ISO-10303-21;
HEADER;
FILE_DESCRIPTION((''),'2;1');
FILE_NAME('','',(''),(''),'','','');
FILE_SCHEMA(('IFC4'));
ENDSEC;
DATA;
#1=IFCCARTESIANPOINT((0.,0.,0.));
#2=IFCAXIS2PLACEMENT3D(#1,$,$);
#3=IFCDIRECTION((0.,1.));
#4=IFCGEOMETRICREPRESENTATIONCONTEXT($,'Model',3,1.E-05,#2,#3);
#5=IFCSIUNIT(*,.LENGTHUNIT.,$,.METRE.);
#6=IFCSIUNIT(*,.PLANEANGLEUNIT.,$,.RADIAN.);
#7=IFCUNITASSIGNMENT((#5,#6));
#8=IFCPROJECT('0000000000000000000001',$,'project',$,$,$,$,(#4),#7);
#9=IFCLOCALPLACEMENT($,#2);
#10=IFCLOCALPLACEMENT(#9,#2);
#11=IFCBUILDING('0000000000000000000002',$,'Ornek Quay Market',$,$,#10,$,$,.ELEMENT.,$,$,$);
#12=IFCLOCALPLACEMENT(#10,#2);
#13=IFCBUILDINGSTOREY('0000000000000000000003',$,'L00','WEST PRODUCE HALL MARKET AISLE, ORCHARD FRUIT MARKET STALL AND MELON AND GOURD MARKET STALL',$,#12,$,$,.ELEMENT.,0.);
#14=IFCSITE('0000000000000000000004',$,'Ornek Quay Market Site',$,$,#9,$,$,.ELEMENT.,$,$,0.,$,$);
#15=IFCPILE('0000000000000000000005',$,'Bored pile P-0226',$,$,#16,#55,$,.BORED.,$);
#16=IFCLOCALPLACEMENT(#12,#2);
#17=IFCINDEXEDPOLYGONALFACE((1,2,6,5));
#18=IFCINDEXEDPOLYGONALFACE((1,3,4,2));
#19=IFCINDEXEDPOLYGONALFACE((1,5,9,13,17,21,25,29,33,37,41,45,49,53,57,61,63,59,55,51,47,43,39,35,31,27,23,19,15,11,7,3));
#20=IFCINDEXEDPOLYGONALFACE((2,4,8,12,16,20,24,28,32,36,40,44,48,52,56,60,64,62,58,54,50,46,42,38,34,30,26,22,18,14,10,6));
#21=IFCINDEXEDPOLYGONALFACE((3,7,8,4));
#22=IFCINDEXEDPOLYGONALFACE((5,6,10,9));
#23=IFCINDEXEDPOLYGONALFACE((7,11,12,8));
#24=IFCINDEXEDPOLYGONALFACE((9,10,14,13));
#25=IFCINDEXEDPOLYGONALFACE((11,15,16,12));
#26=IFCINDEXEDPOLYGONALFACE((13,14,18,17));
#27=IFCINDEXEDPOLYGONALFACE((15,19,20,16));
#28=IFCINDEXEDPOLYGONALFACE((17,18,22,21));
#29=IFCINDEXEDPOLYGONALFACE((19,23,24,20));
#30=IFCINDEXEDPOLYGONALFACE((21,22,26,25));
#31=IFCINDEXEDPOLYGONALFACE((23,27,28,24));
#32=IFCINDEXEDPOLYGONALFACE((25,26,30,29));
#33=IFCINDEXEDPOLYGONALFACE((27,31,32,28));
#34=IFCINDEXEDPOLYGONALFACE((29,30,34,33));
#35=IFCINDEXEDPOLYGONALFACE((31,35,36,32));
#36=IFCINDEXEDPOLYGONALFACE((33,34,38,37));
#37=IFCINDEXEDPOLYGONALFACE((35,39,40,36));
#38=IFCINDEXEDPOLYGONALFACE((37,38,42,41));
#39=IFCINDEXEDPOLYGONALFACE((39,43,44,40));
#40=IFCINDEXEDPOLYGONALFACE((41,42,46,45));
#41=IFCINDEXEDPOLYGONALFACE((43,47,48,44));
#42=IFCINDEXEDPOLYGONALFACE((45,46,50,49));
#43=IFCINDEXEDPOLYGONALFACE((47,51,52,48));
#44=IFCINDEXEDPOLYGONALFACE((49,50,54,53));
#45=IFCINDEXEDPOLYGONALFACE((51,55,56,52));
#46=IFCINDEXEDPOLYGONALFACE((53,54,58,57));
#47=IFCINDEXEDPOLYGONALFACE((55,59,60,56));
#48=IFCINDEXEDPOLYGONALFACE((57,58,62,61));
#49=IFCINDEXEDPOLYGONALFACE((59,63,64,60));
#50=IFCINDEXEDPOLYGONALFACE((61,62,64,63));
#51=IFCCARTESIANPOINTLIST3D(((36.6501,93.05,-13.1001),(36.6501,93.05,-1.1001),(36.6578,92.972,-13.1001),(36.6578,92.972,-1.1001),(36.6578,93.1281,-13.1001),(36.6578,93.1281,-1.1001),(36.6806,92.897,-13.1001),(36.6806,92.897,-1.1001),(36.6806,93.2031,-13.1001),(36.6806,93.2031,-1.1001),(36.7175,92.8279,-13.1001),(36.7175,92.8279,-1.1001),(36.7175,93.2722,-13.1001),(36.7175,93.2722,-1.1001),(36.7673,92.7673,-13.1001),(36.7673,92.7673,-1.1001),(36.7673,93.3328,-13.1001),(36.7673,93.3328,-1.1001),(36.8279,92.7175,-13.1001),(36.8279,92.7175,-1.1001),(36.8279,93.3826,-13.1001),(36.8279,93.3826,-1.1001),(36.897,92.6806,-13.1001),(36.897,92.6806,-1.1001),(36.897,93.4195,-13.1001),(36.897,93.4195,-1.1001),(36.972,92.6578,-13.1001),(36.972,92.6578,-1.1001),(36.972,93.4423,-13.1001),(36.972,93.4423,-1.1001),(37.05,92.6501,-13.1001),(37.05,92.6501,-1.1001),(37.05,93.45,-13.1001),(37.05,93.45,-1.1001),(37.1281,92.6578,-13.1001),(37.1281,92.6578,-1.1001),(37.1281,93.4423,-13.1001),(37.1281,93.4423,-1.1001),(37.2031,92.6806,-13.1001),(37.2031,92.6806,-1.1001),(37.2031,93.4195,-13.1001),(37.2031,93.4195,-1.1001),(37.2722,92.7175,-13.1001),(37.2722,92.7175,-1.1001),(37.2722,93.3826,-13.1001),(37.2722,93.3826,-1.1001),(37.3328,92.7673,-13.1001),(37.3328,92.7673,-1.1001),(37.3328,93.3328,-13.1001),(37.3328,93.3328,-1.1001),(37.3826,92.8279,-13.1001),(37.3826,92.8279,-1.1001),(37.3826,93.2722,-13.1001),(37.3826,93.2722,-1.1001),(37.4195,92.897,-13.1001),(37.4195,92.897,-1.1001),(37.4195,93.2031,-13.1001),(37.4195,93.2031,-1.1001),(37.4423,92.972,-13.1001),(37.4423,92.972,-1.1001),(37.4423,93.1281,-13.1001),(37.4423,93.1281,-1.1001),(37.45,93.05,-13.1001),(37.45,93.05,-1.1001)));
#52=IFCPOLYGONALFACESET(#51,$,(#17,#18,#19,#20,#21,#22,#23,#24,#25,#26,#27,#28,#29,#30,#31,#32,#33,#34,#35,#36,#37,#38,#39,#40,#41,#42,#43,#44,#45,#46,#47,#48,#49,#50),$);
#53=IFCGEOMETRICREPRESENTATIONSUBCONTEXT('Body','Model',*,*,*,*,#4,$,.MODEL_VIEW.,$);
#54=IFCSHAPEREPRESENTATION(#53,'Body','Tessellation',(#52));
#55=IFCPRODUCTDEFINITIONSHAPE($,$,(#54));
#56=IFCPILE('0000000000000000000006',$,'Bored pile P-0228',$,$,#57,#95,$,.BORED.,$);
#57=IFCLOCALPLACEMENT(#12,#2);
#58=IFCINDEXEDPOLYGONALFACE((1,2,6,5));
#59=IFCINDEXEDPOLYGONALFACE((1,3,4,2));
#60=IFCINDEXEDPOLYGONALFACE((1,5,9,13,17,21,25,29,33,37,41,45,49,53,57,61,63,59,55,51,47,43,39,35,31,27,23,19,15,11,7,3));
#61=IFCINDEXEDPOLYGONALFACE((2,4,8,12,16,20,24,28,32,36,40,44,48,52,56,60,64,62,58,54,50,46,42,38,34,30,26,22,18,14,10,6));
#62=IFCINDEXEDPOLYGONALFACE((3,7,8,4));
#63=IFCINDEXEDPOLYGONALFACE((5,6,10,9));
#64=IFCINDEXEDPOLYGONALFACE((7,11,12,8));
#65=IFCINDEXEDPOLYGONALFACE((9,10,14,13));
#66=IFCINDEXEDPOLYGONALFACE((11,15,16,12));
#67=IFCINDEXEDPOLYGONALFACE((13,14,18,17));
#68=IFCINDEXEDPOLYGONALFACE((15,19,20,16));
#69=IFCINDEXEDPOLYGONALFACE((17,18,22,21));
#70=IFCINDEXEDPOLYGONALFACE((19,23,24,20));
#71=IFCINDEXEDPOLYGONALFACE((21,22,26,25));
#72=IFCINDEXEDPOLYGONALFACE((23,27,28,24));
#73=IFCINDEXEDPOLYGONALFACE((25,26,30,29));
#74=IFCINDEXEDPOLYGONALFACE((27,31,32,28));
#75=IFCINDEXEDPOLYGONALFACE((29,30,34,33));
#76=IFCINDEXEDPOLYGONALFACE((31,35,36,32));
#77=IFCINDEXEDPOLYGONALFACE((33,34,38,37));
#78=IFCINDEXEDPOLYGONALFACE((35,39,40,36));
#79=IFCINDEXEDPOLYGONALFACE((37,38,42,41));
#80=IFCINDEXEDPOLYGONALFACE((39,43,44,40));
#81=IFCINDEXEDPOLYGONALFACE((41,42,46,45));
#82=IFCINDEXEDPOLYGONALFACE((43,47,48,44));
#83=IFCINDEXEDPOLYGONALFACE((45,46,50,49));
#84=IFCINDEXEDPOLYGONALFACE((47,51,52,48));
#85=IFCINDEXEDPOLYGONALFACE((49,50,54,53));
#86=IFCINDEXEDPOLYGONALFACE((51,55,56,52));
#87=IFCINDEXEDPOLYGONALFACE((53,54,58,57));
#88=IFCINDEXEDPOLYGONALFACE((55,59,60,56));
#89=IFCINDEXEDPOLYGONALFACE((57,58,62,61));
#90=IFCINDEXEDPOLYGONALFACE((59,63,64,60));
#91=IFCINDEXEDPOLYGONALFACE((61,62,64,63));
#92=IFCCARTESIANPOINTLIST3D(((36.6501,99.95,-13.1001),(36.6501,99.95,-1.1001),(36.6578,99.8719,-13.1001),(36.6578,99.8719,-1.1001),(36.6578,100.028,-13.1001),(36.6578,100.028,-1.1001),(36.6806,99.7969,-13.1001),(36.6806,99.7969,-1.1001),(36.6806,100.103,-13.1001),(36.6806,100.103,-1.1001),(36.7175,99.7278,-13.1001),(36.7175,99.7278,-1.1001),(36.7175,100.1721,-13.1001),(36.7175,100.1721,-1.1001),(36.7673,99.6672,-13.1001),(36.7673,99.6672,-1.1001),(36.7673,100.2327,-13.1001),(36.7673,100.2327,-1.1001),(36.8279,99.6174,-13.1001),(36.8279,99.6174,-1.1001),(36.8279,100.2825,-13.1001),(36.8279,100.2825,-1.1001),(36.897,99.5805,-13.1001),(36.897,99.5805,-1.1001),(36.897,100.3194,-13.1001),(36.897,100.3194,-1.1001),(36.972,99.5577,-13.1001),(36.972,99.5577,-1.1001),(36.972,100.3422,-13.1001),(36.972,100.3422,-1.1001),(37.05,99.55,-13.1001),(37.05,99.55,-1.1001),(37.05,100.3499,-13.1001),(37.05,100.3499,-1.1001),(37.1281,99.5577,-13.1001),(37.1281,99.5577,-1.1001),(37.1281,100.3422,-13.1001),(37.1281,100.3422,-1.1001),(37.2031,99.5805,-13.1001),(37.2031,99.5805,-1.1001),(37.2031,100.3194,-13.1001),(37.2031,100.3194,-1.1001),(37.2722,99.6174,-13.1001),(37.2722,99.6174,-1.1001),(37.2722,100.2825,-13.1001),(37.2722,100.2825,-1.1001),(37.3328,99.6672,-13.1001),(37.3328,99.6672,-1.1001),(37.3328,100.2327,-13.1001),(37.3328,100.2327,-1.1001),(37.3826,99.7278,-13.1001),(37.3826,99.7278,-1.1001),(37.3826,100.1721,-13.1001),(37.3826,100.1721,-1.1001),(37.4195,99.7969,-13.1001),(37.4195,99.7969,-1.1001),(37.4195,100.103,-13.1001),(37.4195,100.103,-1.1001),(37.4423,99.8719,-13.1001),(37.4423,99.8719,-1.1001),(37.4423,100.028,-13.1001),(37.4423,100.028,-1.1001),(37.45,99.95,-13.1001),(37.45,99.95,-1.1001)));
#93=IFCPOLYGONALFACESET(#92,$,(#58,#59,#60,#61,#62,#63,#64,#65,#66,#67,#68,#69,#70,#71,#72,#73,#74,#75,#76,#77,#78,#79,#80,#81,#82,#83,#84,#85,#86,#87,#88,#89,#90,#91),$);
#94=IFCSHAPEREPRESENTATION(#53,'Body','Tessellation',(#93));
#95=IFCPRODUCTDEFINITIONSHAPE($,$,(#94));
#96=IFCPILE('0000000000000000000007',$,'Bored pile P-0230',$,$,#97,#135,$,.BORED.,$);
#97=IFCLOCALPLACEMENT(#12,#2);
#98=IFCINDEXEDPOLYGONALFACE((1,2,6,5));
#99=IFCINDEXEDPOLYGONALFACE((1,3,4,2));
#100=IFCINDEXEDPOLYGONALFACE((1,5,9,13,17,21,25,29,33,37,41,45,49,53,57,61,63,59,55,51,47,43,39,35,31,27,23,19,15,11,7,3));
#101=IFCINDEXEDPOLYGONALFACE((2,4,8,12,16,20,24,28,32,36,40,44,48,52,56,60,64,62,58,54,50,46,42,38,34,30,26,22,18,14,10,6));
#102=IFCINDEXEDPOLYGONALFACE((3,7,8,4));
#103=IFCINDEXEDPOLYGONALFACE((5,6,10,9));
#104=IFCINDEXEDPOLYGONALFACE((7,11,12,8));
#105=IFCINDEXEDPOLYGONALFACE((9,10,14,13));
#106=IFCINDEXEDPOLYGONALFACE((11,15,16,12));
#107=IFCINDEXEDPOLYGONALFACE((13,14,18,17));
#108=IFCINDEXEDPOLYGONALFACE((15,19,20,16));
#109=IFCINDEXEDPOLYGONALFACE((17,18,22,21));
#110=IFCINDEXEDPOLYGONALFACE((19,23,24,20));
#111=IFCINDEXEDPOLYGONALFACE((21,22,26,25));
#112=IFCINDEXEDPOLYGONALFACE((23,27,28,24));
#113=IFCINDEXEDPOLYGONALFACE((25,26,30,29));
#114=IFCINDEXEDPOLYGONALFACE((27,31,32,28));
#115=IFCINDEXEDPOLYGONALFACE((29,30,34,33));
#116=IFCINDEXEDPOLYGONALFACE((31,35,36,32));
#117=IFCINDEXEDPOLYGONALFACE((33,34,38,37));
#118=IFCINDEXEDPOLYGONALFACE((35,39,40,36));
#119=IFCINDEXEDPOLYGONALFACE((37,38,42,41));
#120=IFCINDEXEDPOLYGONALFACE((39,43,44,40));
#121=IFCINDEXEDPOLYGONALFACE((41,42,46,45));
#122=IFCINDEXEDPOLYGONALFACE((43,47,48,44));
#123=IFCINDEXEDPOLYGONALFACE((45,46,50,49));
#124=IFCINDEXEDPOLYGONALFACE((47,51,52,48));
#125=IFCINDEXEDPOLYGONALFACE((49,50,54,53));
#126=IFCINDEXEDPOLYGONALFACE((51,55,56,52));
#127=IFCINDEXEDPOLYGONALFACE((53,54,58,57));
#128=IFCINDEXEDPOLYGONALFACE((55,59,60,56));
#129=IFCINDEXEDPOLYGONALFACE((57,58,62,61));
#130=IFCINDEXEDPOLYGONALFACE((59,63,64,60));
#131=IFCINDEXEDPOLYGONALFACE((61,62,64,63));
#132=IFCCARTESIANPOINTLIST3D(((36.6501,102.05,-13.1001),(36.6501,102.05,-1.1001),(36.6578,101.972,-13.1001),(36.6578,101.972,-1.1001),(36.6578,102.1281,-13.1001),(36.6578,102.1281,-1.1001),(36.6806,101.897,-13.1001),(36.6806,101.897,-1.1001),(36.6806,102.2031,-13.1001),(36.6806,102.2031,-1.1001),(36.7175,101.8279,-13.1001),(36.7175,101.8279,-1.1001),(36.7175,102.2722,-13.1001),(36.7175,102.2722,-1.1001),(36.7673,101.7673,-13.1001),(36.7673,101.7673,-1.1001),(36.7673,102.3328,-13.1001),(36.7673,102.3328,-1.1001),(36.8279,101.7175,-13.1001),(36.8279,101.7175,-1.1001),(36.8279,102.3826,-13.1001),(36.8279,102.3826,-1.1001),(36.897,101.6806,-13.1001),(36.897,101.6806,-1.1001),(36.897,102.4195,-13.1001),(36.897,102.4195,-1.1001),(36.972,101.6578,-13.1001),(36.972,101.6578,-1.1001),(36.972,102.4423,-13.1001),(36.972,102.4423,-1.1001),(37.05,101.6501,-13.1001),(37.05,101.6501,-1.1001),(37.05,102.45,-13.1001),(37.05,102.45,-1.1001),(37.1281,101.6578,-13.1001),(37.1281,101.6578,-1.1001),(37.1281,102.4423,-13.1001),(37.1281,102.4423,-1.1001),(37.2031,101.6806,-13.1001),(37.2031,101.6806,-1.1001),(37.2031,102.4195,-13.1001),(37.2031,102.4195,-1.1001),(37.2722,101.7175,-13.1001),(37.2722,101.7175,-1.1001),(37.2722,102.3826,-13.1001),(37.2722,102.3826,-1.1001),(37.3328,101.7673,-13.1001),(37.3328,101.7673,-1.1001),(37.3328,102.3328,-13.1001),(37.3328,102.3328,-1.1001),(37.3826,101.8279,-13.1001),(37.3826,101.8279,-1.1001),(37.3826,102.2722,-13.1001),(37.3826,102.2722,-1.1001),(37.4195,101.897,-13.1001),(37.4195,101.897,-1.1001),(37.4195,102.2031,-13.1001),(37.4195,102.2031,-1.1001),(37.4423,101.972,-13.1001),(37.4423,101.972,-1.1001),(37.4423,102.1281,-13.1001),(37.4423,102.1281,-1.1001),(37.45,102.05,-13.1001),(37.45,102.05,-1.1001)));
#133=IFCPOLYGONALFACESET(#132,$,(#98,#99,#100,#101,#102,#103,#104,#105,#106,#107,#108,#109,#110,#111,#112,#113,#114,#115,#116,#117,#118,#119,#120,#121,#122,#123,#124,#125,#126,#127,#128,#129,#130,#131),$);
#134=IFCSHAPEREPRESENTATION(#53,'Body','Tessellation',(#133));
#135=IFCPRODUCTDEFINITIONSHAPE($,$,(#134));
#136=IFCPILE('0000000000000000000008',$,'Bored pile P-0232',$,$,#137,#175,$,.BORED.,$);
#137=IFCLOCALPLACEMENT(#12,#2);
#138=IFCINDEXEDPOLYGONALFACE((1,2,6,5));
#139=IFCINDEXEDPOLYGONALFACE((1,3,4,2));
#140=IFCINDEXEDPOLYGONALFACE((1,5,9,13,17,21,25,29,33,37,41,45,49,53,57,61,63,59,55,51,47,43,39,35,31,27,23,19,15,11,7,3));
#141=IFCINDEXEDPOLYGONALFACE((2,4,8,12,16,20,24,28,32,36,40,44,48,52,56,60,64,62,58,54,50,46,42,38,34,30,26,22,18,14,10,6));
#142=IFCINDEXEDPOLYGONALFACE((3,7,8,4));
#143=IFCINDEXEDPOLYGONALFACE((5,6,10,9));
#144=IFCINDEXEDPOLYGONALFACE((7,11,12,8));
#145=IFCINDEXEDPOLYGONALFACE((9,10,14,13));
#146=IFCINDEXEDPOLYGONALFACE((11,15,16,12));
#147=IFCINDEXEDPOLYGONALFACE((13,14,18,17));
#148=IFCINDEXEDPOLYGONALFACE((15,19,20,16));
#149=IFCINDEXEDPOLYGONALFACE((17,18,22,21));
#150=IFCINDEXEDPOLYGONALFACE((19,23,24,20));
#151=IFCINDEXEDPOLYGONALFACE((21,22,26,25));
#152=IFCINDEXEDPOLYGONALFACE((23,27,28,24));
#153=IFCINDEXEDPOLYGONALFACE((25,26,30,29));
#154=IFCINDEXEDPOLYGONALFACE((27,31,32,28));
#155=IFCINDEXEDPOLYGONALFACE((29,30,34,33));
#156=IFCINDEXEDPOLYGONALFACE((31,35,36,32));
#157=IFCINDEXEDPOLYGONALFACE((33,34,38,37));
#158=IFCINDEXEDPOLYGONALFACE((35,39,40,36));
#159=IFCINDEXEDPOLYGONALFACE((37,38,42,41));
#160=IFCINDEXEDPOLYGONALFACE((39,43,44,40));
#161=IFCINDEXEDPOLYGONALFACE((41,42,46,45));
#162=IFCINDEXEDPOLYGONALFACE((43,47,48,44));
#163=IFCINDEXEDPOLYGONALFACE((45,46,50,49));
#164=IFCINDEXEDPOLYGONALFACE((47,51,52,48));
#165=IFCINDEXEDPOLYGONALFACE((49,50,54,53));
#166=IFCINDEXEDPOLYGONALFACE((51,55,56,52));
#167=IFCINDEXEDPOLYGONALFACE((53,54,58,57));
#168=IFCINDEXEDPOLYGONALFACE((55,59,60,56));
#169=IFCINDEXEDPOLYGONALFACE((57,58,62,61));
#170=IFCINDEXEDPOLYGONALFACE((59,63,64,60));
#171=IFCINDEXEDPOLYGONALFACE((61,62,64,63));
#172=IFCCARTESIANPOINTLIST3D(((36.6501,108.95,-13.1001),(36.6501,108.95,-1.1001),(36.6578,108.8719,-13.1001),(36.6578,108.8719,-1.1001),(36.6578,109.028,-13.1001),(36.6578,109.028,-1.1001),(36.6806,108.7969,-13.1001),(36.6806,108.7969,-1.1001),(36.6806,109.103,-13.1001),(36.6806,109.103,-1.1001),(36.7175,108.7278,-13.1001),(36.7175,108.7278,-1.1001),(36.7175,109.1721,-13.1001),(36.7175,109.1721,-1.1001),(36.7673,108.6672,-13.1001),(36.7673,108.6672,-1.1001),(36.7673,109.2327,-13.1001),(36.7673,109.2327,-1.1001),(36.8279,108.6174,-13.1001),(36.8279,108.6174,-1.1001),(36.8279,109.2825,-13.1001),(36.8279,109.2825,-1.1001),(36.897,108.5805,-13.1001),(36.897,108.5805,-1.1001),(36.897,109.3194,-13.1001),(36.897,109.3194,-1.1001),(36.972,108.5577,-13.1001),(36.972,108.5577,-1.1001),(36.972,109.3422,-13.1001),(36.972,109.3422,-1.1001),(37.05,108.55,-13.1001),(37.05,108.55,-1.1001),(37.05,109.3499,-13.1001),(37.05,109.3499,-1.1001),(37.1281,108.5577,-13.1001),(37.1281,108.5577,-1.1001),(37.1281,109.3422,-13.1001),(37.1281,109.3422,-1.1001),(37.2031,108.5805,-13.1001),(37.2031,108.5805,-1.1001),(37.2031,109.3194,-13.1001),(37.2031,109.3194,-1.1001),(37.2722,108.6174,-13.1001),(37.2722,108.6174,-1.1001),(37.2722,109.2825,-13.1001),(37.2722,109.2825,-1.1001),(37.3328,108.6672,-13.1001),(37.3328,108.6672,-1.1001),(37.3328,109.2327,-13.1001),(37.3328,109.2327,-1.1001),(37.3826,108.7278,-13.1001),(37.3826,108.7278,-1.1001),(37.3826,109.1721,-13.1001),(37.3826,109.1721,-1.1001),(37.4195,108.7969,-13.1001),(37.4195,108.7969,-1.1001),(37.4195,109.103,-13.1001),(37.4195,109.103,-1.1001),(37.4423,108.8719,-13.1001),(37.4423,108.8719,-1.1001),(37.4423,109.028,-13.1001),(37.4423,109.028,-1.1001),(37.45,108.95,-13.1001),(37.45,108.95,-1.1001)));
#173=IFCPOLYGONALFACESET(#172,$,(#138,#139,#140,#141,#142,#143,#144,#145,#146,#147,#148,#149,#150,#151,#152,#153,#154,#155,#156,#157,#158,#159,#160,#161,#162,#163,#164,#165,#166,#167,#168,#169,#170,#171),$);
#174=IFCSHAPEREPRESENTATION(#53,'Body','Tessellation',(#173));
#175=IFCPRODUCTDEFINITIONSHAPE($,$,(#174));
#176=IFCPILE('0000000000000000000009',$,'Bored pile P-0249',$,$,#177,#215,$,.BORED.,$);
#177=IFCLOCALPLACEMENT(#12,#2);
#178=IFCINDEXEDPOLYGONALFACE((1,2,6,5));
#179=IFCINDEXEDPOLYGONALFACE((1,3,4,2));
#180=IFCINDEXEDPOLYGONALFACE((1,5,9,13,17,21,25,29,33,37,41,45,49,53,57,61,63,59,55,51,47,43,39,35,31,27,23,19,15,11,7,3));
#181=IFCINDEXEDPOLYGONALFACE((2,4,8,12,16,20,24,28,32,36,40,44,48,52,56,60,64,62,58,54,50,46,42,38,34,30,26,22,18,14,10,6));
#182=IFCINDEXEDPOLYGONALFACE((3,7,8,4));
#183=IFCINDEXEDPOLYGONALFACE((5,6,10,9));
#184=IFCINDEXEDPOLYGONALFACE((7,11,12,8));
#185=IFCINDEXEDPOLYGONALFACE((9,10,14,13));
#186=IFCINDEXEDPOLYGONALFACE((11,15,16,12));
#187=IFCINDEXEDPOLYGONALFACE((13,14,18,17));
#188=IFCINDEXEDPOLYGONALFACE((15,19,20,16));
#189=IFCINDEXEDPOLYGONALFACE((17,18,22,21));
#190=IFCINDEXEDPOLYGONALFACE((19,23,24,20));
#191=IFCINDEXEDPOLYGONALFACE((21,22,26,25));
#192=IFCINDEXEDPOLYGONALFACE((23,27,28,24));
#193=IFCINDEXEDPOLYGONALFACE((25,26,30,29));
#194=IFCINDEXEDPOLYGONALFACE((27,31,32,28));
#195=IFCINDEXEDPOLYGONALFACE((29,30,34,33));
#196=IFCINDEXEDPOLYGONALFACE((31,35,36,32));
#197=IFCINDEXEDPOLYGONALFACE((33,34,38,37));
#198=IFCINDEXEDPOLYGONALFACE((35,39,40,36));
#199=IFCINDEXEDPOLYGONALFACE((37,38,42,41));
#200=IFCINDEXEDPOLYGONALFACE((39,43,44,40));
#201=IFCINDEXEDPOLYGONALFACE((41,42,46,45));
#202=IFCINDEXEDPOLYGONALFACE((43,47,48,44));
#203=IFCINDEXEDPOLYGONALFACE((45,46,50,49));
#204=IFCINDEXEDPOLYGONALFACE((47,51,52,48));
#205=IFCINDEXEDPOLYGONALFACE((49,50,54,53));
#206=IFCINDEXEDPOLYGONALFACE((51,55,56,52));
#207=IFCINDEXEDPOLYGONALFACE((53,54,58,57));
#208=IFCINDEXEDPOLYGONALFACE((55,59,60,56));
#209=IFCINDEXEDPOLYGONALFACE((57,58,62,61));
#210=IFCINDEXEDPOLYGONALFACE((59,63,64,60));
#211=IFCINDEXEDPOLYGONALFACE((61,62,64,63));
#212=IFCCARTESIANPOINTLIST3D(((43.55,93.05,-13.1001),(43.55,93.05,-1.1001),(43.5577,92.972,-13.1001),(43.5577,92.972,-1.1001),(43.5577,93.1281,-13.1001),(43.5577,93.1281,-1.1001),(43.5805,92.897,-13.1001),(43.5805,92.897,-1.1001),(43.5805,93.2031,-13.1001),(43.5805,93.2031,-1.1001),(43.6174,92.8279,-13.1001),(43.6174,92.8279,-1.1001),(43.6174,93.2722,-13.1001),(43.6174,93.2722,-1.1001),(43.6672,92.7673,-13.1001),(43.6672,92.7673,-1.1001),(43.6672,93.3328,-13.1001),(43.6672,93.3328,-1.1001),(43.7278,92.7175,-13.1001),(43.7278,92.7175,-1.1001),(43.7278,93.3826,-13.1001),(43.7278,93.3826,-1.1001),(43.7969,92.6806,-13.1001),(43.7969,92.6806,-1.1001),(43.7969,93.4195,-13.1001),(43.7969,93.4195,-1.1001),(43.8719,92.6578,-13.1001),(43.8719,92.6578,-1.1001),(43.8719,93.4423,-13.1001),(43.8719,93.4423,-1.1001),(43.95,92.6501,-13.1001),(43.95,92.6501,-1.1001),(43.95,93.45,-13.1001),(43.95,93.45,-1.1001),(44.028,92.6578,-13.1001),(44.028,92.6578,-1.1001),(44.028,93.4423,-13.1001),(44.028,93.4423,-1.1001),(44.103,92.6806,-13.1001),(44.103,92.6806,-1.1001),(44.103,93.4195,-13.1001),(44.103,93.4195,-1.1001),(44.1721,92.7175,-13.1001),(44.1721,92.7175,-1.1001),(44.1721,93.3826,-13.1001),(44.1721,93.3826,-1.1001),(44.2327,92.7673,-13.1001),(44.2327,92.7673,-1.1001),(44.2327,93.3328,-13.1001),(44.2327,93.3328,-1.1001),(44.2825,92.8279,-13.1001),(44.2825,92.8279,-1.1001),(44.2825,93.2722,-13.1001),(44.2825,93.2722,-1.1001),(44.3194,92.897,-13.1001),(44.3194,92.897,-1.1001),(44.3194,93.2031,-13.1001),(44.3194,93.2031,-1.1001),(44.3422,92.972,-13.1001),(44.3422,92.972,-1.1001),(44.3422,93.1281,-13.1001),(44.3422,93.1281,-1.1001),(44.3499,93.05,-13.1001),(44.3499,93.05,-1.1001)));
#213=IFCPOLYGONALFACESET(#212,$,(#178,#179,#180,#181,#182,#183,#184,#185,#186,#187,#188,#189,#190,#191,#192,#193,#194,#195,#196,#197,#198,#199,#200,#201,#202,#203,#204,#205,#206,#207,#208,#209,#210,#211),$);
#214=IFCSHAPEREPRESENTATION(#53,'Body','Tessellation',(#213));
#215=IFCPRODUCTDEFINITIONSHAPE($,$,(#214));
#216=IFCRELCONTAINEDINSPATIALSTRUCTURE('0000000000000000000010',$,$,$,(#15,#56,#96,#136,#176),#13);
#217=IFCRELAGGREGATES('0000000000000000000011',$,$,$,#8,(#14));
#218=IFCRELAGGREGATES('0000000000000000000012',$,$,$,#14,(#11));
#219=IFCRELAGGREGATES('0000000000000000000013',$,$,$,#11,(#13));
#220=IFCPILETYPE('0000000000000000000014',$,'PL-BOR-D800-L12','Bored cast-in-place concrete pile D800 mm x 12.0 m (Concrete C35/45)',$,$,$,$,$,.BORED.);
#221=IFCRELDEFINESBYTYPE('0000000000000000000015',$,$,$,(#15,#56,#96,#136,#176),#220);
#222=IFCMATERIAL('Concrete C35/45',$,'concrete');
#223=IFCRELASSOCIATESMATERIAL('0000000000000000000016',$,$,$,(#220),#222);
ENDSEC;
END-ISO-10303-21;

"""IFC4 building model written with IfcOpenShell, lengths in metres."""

from ifc_helpers import new_model, si_unit, direction, frame, origin, origin_2d, place, context, subcontext, project, spatial, circle, extrude, material, material_profile, profile_set, type_object, element, save


model = new_model("IFC4")

# Units and contexts
model_context = context("Model", 3, precision=1e-05, world=origin(), true_north=direction((0.0, 1.0)))
body_context = subcontext(model_context, "Body", "Model", "MODEL_VIEW")
ifc_project = project(units=[si_unit("LENGTHUNIT", "METRE"), si_unit("PLANEANGLEUNIT", "RADIAN")], contexts=[model_context])

# Site, building, storey
site_placement = place(None, origin())
site = spatial("IfcSite", under=ifc_project, at=site_placement, Name="Ornek Quay Market Site", CompositionType="ELEMENT", RefElevation=0.0)
building_placement = place(site_placement, origin())
building = spatial("IfcBuilding", under=site, at=building_placement, Name="Ornek Quay Market", CompositionType="ELEMENT")
storey_placement = place(building_placement, origin())
storey = spatial("IfcBuildingStorey", under=building, at=storey_placement, Name="L00", Description="WEST PRODUCE HALL MARKET AISLE, ORCHARD FRUIT MARKET STALL AND MELON AND GOURD MARKET STALL", CompositionType="ELEMENT", Elevation=0.0)

# Piles
ifc_material_1 = material(Name="Concrete C35/45", Category="concrete")
ifc_material_profile_1 = material_profile(ifc_material_1, circle(Radius=0.3999, at=origin_2d()), Name="PILE D800", Category="concrete")
ifc_profile_set_1 = profile_set([ifc_material_profile_1], Name="Concrete C35/45")
pile_type = type_object("IfcPileType", Name="PL-BOR-D800-L12", Description="Bored cast-in-place concrete pile D800 mm x 12.0 m (Concrete C35/45)", PredefinedType="BORED", material=ifc_profile_set_1)
for number, where, z_axis, x_axis, name in (
    (1, (37.05, 93.05, -1.1001), (0.0, 0.0, -1.0), (1.0, 0.0, 0.0), "Bored pile P-0226"),
    (2, (37.05, 99.95, -1.1001), (0.0, 0.0, -1.0), (1.0, 0.0, 0.0), "Bored pile P-0228"),
    (3, (37.05, 102.05, -1.1001), (0.0, 0.0, -1.0), (1.0, 0.0, 0.0), "Bored pile P-0230"),
    (4, (37.05, 108.95, -1.1001), (0.0, 0.0, -1.0), (1.0, 0.0, 0.0), "Bored pile P-0232"),
    (5, (43.95, 93.05, -1.1001), (0.0, 0.0, -1.0), (1.0, 0.0, 0.0), "Bored pile P-0249"),
):
    element("IfcPile", number, at=place(storey_placement, frame(where, z_axis=z_axis, x_axis=x_axis)), inside=storey, type_object=pile_type, Name=name, PredefinedType="BORED", context=body_context, shape_type="SweptSolid", body=[
        extrude(circle(Radius=0.3999, at=origin_2d()), origin(), (0.0, 0.0, 1.0), 12.0),
    ])

save(model, "model.ifc")
